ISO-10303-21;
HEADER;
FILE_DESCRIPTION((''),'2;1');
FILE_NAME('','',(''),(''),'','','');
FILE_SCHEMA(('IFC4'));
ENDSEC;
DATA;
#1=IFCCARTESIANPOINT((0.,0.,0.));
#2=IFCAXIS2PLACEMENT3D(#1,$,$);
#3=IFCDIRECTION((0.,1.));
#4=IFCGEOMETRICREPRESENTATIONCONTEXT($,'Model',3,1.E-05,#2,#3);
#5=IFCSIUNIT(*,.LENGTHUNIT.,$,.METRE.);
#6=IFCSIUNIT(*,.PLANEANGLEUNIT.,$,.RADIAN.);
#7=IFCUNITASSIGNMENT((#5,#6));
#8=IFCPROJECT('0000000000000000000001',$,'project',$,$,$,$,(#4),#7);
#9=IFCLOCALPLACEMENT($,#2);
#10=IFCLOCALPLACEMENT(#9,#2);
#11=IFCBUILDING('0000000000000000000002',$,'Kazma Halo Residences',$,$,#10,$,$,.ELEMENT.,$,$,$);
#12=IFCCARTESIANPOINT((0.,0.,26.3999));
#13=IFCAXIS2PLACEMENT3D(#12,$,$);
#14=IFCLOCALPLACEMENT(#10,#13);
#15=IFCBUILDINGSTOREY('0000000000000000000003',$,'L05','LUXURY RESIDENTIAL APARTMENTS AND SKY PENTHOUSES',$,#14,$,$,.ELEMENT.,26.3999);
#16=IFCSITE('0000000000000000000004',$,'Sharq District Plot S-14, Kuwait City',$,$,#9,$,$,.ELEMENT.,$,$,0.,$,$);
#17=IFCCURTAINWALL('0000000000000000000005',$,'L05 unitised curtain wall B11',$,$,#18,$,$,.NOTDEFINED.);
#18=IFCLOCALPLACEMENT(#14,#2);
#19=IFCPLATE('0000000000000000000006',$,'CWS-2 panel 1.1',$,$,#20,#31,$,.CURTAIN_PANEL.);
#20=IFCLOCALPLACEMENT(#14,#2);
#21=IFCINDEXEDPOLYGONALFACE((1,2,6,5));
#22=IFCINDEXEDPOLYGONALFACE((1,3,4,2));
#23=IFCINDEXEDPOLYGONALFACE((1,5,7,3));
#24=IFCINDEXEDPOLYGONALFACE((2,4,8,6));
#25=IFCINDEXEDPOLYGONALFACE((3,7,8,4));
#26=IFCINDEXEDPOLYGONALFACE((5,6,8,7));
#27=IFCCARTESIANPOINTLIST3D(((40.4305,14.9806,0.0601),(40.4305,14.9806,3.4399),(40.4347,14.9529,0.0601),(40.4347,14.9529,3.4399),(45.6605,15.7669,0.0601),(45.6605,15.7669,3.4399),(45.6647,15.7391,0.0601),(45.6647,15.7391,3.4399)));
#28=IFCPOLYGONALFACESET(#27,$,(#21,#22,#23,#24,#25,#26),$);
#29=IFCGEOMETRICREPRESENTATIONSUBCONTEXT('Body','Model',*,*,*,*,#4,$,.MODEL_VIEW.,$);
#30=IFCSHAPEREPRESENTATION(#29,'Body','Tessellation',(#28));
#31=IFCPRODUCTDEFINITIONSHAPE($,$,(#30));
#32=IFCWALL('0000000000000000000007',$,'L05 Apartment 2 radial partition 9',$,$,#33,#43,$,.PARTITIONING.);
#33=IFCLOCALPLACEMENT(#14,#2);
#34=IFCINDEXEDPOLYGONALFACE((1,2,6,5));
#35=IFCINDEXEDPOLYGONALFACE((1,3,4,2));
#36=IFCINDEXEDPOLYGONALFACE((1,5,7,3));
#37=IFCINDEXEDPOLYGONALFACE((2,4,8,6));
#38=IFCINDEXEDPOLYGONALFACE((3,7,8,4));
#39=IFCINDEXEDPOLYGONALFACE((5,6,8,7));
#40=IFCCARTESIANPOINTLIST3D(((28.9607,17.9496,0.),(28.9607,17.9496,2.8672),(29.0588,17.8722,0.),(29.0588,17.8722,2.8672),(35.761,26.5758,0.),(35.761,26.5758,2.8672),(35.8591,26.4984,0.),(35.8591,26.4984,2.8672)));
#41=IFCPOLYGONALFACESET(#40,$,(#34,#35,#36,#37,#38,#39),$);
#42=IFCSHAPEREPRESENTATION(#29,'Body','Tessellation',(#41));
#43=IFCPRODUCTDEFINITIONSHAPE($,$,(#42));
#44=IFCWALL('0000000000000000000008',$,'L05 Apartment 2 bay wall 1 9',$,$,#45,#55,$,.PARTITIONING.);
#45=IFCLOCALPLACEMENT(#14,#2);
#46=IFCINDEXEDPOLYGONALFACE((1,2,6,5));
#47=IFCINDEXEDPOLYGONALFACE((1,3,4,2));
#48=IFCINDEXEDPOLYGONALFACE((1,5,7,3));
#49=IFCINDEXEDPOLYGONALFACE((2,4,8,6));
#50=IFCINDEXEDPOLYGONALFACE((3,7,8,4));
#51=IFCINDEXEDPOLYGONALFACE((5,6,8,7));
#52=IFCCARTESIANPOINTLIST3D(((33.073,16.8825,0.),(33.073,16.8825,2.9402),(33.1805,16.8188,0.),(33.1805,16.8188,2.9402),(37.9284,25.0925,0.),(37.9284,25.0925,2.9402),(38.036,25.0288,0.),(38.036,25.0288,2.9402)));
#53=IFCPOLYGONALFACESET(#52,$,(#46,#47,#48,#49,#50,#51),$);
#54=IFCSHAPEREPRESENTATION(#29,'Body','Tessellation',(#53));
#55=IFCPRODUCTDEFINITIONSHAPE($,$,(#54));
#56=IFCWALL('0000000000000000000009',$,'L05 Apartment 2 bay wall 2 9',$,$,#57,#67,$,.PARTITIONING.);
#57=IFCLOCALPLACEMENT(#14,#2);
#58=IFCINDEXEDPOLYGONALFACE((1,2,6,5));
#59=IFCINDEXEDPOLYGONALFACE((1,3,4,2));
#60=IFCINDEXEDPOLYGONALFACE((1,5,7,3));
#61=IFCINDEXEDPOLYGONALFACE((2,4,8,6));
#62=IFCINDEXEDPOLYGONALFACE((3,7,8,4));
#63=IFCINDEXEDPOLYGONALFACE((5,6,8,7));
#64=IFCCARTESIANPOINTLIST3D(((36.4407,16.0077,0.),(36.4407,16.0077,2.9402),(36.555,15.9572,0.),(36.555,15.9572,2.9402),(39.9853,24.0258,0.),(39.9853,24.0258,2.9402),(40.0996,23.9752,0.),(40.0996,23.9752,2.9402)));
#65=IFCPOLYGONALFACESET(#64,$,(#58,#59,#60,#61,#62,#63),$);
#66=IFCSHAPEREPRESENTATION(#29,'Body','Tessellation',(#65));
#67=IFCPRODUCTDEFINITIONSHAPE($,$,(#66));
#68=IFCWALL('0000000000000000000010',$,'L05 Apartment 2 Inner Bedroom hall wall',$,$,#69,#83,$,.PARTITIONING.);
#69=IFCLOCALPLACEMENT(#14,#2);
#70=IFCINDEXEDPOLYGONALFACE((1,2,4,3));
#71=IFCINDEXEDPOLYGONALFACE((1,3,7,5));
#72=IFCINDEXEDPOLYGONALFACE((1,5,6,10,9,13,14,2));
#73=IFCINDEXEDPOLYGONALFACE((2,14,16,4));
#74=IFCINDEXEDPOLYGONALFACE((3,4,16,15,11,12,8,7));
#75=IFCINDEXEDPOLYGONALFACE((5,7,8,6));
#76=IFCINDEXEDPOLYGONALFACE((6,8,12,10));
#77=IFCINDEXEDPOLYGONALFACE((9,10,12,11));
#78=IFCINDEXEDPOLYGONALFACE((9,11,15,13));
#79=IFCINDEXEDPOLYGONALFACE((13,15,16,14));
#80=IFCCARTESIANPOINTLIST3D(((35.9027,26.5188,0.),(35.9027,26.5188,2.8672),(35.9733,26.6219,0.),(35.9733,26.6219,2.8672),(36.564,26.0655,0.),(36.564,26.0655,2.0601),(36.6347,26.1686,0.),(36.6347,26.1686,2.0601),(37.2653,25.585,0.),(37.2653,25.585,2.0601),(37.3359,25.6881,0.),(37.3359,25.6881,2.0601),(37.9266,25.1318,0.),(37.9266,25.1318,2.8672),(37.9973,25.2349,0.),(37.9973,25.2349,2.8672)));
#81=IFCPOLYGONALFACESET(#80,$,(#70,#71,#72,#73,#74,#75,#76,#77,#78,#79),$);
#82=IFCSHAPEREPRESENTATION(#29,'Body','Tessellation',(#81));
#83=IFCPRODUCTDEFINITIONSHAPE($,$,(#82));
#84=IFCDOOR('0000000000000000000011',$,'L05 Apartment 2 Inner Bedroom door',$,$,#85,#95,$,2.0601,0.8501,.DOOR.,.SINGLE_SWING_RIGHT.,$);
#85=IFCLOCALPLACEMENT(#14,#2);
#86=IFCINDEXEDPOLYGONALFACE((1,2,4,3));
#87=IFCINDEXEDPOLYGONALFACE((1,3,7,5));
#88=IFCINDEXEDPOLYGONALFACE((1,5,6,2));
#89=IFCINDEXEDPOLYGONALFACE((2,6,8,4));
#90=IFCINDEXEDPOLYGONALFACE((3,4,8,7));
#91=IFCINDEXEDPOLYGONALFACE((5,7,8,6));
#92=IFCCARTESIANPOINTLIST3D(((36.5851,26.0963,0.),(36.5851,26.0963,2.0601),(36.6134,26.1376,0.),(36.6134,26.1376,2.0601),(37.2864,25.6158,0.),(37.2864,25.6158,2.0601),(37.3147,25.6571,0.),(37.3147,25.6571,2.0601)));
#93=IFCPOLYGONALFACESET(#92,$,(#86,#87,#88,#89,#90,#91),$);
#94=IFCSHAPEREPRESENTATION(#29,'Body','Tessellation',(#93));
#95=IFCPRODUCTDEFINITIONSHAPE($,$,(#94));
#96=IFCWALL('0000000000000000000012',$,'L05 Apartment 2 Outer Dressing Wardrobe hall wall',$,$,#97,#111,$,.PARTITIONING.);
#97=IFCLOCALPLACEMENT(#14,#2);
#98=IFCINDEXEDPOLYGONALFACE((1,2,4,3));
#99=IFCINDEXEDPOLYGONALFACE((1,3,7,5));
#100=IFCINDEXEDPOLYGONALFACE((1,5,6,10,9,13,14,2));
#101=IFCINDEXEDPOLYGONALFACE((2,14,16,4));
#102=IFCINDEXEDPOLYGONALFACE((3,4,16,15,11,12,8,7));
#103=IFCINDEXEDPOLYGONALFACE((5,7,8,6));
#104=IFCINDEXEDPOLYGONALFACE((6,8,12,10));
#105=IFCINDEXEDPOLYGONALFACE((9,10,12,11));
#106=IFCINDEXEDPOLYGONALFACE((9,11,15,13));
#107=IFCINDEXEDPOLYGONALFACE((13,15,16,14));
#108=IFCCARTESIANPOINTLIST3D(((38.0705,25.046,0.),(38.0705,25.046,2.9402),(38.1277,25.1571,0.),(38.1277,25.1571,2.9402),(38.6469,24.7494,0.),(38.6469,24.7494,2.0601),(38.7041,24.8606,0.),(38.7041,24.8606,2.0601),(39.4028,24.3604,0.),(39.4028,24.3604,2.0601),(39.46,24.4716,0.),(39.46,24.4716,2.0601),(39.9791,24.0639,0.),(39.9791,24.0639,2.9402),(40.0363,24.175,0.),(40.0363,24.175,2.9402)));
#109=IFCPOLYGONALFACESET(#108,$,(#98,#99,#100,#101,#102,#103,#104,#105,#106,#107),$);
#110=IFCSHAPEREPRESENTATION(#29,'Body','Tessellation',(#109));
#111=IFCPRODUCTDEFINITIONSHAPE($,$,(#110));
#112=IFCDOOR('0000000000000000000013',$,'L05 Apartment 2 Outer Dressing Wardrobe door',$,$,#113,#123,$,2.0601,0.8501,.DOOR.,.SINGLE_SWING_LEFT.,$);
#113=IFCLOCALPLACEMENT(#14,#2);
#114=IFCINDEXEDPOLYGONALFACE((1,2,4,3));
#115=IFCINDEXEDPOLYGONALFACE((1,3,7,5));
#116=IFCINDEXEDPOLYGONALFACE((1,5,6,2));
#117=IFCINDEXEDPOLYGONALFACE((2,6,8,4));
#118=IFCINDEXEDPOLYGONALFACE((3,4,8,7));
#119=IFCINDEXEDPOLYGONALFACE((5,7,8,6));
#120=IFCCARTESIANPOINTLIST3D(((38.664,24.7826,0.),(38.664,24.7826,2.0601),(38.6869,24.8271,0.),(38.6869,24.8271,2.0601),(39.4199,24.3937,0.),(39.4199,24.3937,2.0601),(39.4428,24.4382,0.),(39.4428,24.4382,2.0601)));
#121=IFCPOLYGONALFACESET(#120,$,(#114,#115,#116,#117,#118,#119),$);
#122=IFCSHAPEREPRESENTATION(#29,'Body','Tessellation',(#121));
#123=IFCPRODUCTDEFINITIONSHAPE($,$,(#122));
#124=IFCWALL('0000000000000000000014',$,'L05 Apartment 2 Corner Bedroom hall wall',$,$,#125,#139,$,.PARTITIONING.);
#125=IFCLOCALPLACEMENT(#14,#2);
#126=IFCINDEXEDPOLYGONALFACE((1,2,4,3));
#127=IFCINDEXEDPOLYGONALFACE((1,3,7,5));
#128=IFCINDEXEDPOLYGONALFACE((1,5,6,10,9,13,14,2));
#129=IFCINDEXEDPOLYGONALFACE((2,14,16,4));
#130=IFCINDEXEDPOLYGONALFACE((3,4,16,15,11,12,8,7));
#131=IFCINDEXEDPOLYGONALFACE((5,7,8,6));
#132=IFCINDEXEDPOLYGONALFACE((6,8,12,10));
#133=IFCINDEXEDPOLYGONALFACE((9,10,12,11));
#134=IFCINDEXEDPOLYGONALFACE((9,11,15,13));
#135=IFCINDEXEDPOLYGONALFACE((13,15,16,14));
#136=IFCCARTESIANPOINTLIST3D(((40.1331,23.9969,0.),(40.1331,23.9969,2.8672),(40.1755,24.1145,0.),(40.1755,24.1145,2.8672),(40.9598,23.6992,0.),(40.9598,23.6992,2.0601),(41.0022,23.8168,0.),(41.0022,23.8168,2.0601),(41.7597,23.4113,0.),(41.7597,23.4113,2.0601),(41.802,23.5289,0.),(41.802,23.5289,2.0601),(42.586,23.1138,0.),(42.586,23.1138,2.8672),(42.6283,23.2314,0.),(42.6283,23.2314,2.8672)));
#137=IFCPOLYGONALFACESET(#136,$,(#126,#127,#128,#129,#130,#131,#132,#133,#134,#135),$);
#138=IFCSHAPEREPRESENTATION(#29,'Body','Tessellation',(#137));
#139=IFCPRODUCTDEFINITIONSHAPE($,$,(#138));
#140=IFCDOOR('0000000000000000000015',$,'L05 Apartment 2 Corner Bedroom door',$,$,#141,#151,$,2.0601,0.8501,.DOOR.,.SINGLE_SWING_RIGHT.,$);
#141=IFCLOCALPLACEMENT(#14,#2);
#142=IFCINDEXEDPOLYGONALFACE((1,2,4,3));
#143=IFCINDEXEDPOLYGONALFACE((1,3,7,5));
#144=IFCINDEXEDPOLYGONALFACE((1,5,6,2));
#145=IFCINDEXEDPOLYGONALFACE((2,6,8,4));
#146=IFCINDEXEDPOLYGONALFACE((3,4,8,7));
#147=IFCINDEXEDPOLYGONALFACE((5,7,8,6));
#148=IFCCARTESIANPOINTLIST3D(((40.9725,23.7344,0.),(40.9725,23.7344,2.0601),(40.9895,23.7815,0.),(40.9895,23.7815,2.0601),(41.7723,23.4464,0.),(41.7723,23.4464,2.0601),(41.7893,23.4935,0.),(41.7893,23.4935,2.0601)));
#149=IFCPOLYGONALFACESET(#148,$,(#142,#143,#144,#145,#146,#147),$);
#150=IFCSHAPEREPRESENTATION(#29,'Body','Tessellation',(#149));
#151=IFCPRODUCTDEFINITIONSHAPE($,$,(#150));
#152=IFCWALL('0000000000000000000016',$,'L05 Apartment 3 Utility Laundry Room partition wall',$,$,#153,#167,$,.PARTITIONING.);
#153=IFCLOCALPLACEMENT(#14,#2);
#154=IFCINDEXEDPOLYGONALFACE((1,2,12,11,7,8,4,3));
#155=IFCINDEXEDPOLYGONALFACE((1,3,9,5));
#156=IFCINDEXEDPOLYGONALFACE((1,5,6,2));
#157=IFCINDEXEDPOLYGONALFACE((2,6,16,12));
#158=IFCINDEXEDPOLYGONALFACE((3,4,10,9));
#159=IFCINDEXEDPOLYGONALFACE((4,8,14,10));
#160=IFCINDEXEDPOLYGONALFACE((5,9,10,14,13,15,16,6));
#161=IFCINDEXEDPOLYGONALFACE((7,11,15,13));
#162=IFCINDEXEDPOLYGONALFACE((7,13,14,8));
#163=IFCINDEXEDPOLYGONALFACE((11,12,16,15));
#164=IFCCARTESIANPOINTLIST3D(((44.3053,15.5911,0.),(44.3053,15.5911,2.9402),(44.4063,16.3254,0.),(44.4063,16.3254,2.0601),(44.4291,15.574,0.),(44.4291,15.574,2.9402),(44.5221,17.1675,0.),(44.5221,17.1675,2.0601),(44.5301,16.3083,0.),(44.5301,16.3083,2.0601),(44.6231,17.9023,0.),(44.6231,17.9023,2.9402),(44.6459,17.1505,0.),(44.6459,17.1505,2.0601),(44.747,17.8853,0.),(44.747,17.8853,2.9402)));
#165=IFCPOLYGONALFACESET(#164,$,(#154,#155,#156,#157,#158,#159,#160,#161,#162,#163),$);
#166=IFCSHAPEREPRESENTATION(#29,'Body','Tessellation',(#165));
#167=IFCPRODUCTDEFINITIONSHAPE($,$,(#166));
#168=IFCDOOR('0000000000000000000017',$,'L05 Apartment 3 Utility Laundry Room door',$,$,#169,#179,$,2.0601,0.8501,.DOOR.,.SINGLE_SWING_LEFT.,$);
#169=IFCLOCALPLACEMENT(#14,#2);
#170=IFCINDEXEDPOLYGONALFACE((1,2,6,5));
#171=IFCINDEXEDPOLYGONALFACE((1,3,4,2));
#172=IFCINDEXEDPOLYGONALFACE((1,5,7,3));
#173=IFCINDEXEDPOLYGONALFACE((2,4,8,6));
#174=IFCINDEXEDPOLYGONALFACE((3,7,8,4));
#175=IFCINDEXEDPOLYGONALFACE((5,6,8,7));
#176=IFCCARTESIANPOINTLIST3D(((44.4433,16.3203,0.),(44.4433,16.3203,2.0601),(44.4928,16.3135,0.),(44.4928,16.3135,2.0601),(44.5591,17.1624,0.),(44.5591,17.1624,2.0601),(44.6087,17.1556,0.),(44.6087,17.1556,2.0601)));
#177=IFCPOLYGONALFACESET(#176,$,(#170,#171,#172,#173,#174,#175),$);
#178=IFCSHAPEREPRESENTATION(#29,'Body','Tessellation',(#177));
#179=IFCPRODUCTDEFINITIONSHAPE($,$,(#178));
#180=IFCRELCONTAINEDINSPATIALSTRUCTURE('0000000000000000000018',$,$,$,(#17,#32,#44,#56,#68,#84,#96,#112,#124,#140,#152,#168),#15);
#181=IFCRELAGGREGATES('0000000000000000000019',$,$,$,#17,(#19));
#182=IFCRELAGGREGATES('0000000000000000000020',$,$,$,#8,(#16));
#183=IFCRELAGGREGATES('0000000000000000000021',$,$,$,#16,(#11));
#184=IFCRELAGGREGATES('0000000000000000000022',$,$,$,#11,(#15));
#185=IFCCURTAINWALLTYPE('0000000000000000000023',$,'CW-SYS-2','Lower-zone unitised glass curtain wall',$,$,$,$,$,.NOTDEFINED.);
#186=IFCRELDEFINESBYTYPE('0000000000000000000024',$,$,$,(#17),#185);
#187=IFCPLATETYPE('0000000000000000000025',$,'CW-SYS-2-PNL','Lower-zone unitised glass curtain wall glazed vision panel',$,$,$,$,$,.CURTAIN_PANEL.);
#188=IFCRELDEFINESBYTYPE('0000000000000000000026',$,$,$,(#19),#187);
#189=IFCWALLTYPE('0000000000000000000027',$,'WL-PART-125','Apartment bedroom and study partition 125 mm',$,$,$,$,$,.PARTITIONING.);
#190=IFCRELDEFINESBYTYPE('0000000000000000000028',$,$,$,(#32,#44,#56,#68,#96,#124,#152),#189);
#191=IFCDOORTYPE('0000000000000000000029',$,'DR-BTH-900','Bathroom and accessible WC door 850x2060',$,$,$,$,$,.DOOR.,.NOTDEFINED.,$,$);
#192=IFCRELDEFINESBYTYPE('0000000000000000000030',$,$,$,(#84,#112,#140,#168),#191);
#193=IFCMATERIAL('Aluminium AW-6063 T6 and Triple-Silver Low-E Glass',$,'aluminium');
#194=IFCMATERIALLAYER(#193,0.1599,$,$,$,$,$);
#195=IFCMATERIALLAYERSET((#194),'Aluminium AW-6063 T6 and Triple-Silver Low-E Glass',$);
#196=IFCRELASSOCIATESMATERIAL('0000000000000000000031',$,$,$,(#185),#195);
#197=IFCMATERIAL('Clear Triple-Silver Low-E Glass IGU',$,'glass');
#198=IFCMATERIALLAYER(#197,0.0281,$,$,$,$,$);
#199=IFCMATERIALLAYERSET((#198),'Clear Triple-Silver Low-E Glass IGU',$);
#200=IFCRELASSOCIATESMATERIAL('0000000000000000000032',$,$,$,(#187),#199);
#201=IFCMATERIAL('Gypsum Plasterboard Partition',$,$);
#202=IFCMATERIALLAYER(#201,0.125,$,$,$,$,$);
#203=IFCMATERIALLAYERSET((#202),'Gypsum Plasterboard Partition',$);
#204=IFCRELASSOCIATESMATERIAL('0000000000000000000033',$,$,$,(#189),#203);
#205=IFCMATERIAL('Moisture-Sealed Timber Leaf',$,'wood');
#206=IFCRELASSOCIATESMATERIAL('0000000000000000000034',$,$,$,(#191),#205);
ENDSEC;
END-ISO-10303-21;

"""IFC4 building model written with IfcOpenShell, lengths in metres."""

from ifc_helpers import new_model, si_unit, direction, frame, frame_2d, origin, origin_2d, place, context, subcontext, project, spatial, rectangle, extrude, material, layer, layer_set, type_object, element, fill, aggregate, save


model = new_model("IFC4")

# Units and contexts
model_context = context("Model", 3, precision=1e-05, world=origin(), true_north=direction((0.0, 1.0)))
body_context = subcontext(model_context, "Body", "Model", "MODEL_VIEW")
ifc_project = project(units=[si_unit("LENGTHUNIT", "METRE"), si_unit("PLANEANGLEUNIT", "RADIAN")], contexts=[model_context])

# Site, building, storey
site_placement = place(None, origin())
site = spatial("IfcSite", under=ifc_project, at=site_placement, Name="Sharq District Plot S-14, Kuwait City", CompositionType="ELEMENT", RefElevation=0.0)
building_placement = place(site_placement, origin())
building = spatial("IfcBuilding", under=site, at=building_placement, Name="Kazma Halo Residences", CompositionType="ELEMENT")
storey_placement = place(building_placement, frame((0.0, 0.0, 26.3999)))
storey = spatial("IfcBuildingStorey", under=building, at=storey_placement, Name="L05", Description="LUXURY RESIDENTIAL APARTMENTS AND SKY PENTHOUSES", CompositionType="ELEMENT", Elevation=26.3999)

# Shared definitions
ifc_material_1 = material(Name="Aluminium AW-6063 T6 and Triple-Silver Low-E Glass", Category="aluminium")
ifc_layer_1 = layer(ifc_material_1, 0.1599)
ifc_layer_set_1 = layer_set([ifc_layer_1], Name="Aluminium AW-6063 T6 and Triple-Silver Low-E Glass")
curtain_wall_type = type_object("IfcCurtainWallType", Name="CW-SYS-2", Description="Lower-zone unitised glass curtain wall", PredefinedType="NOTDEFINED", material=ifc_layer_set_1)

# Curtain wall
curtain_wall_1_placement = place(storey_placement, origin())
curtain_wall_1 = element("IfcCurtainWall", 1, at=curtain_wall_1_placement, inside=storey, type_object=curtain_wall_type, Name="L05 unitised curtain wall B11", PredefinedType="NOTDEFINED")

# Plate
ifc_material_2 = material(Name="Clear Triple-Silver Low-E Glass IGU", Category="glass")
ifc_layer_2 = layer(ifc_material_2, 0.0281)
ifc_layer_set_2 = layer_set([ifc_layer_2], Name="Clear Triple-Silver Low-E Glass IGU")
plate_type = type_object("IfcPlateType", Name="CW-SYS-2-PNL", Description="Lower-zone unitised glass curtain wall glazed vision panel", PredefinedType="CURTAIN_PANEL", material=ifc_layer_set_2)
plate_1_placement = place(storey_placement, frame((43.0476, 15.3599, 0.0601), z_axis=(0.0, 0.0, 1.0), x_axis=(0.988889, 0.148657, 0.0)))
plate_1 = element("IfcPlate", 2, at=plate_1_placement, type_object=plate_type, Name="CWS-2 panel 1.1", PredefinedType="CURTAIN_PANEL", context=body_context, shape_type="SweptSolid", body=[
    extrude(rectangle(XDim=5.2888, YDim=0.0281, at=origin_2d()), origin(), (0.0, 0.0, 1.0), 3.3799),
])
aggregate(curtain_wall_1, [plate_1])

# Walls
ifc_material_3 = material(Name="Gypsum Plasterboard Partition")
ifc_layer_3 = layer(ifc_material_3, 0.125)
ifc_layer_set_3 = layer_set([ifc_layer_3], Name="Gypsum Plasterboard Partition")
wall_type_1 = type_object("IfcWallType", Name="WL-PART-125", Description="Apartment bedroom and study partition 125 mm", PredefinedType="PARTITIONING", material=ifc_layer_set_3)
wall_1_placement = place(storey_placement, frame((35.8101, 26.5371, 0.0), z_axis=(0.0, 0.0, 1.0), x_axis=(-0.61909, -0.78532, 0.0)))
element("IfcWall", 3, at=wall_1_placement, inside=storey, type_object=wall_type_1, Name="L05 Apartment 2 radial partition 9", PredefinedType="PARTITIONING", context=body_context, shape_type="SweptSolid", body=[
    extrude(rectangle(XDim=10.9844, YDim=0.125, at=frame_2d((5.4922, 0.0))), origin(), (0.0, 0.0, 1.0), 2.8672),
])
wall_2_placement = place(storey_placement, frame((37.9822, 25.0605, 0.0), z_axis=(0.0, 0.0, 1.0), x_axis=(-0.50905, -0.860737, 0.0)))
element("IfcWall", 4, at=wall_2_placement, inside=storey, type_object=wall_type_1, Name="L05 Apartment 2 bay wall 1 9", PredefinedType="PARTITIONING", context=body_context, shape_type="SweptSolid", body=[
    extrude(rectangle(XDim=9.5383, YDim=0.125, at=frame_2d((4.769, 0.0))), origin(), (0.0, 0.0, 1.0), 2.9402),
])
wall_3_placement = place(storey_placement, frame((40.0425, 24.0005, 0.0), z_axis=(0.0, 0.0, 1.0), x_axis=(-0.404337, -0.91461, 0.0)))
element("IfcWall", 5, at=wall_3_placement, inside=storey, type_object=wall_type_1, Name="L05 Apartment 2 bay wall 2 9", PredefinedType="PARTITIONING", context=body_context, shape_type="SweptSolid", body=[
    extrude(rectangle(XDim=8.7666, YDim=0.125, at=frame_2d((4.3833, 0.0))), origin(), (0.0, 0.0, 1.0), 2.9402),
])

# Walls, openings, doors
wall_4_placement = place(storey_placement, frame((35.938, 26.5703, 0.0), z_axis=(0.0, 0.0, 1.0), x_axis=(0.824895, -0.565287, 0.0)))
wall_4 = element("IfcWall", 6, at=wall_4_placement, inside=storey, type_object=wall_type_1, Name="L05 Apartment 2 Inner Bedroom hall wall", PredefinedType="PARTITIONING", context=body_context, shape_type="SweptSolid", body=[
    extrude(rectangle(XDim=2.4536, YDim=0.125, at=frame_2d((1.2268, 0.0))), origin(), (0.0, 0.0, 1.0), 2.8672),
])
opening_1_placement = place(wall_4_placement, frame((0.8018, 0.0, 0.0)))
opening_1 = element("IfcOpeningElement", 7, at=opening_1_placement, cuts=wall_4, PredefinedType="OPENING", context=body_context, shape_type="SweptSolid", body=[
    extrude(rectangle(XDim=0.8501, YDim=2.0601, at=frame_2d((0.425, 1.03))), frame((0.0, 0.0725, 0.0), z_axis=(0.0, -1.0, 0.0), x_axis=(1.0, 0.0, 0.0)), (0.0, 0.0, 1.0), 0.145),
])
ifc_material_4 = material(Name="Moisture-Sealed Timber Leaf", Category="wood")
door_type_1 = type_object("IfcDoorType", Name="DR-BTH-900", Description="Bathroom and accessible WC door 850x2060", OperationType="NOTDEFINED", PredefinedType="DOOR", material=ifc_material_4)
door_1_placement = place(opening_1_placement, origin())
door_1 = element("IfcDoor", 8, at=door_1_placement, inside=storey, type_object=door_type_1, Name="L05 Apartment 2 Inner Bedroom door", OperationType="SINGLE_SWING_RIGHT", OverallHeight=2.0601, OverallWidth=0.8501, PredefinedType="DOOR", context=body_context, shape_type="SweptSolid", body=[
    extrude(rectangle(XDim=0.8501, YDim=2.0601, at=frame_2d((0.425, 1.03))), frame((0.0, 0.0249, 0.0), z_axis=(0.0, -1.0, 0.0), x_axis=(1.0, 0.0, 0.0)), (0.0, 0.0, 1.0), 0.05),
])
fill(opening_1, door_1)
wall_5_placement = place(storey_placement, frame((38.0991, 25.1016, 0.0), z_axis=(0.0, 0.0, 1.0), x_axis=(0.889181, -0.457556, 0.0)))
wall_5 = element("IfcWall", 9, at=wall_5_placement, inside=storey, type_object=wall_type_1, Name="L05 Apartment 2 Outer Dressing Wardrobe hall wall", PredefinedType="PARTITIONING", context=body_context, shape_type="SweptSolid", body=[
    extrude(rectangle(XDim=2.1465, YDim=0.125, at=frame_2d((1.0732, 0.0))), origin(), (0.0, 0.0, 1.0), 2.9402),
])
opening_2_placement = place(wall_5_placement, frame((0.6482, 0.0, 0.0)))
opening_2 = element("IfcOpeningElement", 10, at=opening_2_placement, cuts=wall_5, PredefinedType="OPENING", context=body_context, shape_type="SweptSolid", body=[
    extrude(rectangle(XDim=0.8501, YDim=2.0601, at=frame_2d((0.425, 1.03))), frame((0.0, 0.0725, 0.0), z_axis=(0.0, -1.0, 0.0), x_axis=(1.0, 0.0, 0.0)), (0.0, 0.0, 1.0), 0.145),
])
door_2_placement = place(opening_2_placement, origin())
door_2 = element("IfcDoor", 11, at=door_2_placement, inside=storey, type_object=door_type_1, Name="L05 Apartment 2 Outer Dressing Wardrobe door", OperationType="SINGLE_SWING_LEFT", OverallHeight=2.0601, OverallWidth=0.8501, PredefinedType="DOOR", context=body_context, shape_type="SweptSolid", body=[
    extrude(rectangle(XDim=0.8501, YDim=2.0601, at=frame_2d((0.425, 1.03))), frame((0.0, 0.0249, 0.0), z_axis=(0.0, -1.0, 0.0), x_axis=(1.0, 0.0, 0.0)), (0.0, 0.0, 1.0), 0.05),
])
fill(opening_2, door_2)
wall_6_placement = place(storey_placement, frame((40.1543, 24.0557, 0.0), z_axis=(0.0, 0.0, 1.0), x_axis=(0.940885, -0.338726, 0.0)))
wall_6 = element("IfcWall", 12, at=wall_6_placement, inside=storey, type_object=wall_type_1, Name="L05 Apartment 2 Corner Bedroom hall wall", PredefinedType="PARTITIONING", context=body_context, shape_type="SweptSolid", body=[
    extrude(rectangle(XDim=2.6069, YDim=0.125, at=frame_2d((1.3035, 0.0))), origin(), (0.0, 0.0, 1.0), 2.8672),
])
opening_3_placement = place(wall_6_placement, frame((0.8787, 0.0, 0.0)))
opening_3 = element("IfcOpeningElement", 13, at=opening_3_placement, cuts=wall_6, PredefinedType="OPENING", context=body_context, shape_type="SweptSolid", body=[
    extrude(rectangle(XDim=0.8501, YDim=2.0601, at=frame_2d((0.425, 1.03))), frame((0.0, 0.0725, 0.0), z_axis=(0.0, -1.0, 0.0), x_axis=(1.0, 0.0, 0.0)), (0.0, 0.0, 1.0), 0.145),
])
door_3_placement = place(opening_3_placement, origin())
door_3 = element("IfcDoor", 14, at=door_3_placement, inside=storey, type_object=door_type_1, Name="L05 Apartment 2 Corner Bedroom door", OperationType="SINGLE_SWING_RIGHT", OverallHeight=2.0601, OverallWidth=0.8501, PredefinedType="DOOR", context=body_context, shape_type="SweptSolid", body=[
    extrude(rectangle(XDim=0.8501, YDim=2.0601, at=frame_2d((0.425, 1.03))), frame((0.0, 0.0249, 0.0), z_axis=(0.0, -1.0, 0.0), x_axis=(1.0, 0.0, 0.0)), (0.0, 0.0, 1.0), 0.05),
])
fill(opening_3, door_3)
wall_7_placement = place(storey_placement, frame((44.6851, 17.8938, 0.0), z_axis=(0.0, 0.0, 1.0), x_axis=(-0.136248, -0.990675, 0.0)))
wall_7 = element("IfcWall", 15, at=wall_7_placement, inside=storey, type_object=wall_type_1, Name="L05 Apartment 3 Utility Laundry Room partition wall", PredefinedType="PARTITIONING", context=body_context, shape_type="SweptSolid", body=[
    extrude(rectangle(XDim=2.333, YDim=0.125, at=frame_2d((1.1665, 0.0))), origin(), (0.0, 0.0, 1.0), 2.9402),
])
opening_4_placement = place(wall_7_placement, frame((0.7417, 0.0, 0.0)))
opening_4 = element("IfcOpeningElement", 16, at=opening_4_placement, cuts=wall_7, PredefinedType="OPENING", context=body_context, shape_type="SweptSolid", body=[
    extrude(rectangle(XDim=0.8501, YDim=2.0601, at=frame_2d((0.425, 1.03))), frame((0.0, 0.0725, 0.0), z_axis=(0.0, -1.0, 0.0), x_axis=(1.0, 0.0, 0.0)), (0.0, 0.0, 1.0), 0.145),
])
door_4_placement = place(opening_4_placement, origin())
door_4 = element("IfcDoor", 17, at=door_4_placement, inside=storey, type_object=door_type_1, Name="L05 Apartment 3 Utility Laundry Room door", OperationType="SINGLE_SWING_LEFT", OverallHeight=2.0601, OverallWidth=0.8501, PredefinedType="DOOR", context=body_context, shape_type="SweptSolid", body=[
    extrude(rectangle(XDim=0.8501, YDim=2.0601, at=frame_2d((0.425, 1.03))), frame((0.0, 0.0249, 0.0), z_axis=(0.0, -1.0, 0.0), x_axis=(1.0, 0.0, 0.0)), (0.0, 0.0, 1.0), 0.05),
])
fill(opening_4, door_4)

save(model, "model.ifc")
